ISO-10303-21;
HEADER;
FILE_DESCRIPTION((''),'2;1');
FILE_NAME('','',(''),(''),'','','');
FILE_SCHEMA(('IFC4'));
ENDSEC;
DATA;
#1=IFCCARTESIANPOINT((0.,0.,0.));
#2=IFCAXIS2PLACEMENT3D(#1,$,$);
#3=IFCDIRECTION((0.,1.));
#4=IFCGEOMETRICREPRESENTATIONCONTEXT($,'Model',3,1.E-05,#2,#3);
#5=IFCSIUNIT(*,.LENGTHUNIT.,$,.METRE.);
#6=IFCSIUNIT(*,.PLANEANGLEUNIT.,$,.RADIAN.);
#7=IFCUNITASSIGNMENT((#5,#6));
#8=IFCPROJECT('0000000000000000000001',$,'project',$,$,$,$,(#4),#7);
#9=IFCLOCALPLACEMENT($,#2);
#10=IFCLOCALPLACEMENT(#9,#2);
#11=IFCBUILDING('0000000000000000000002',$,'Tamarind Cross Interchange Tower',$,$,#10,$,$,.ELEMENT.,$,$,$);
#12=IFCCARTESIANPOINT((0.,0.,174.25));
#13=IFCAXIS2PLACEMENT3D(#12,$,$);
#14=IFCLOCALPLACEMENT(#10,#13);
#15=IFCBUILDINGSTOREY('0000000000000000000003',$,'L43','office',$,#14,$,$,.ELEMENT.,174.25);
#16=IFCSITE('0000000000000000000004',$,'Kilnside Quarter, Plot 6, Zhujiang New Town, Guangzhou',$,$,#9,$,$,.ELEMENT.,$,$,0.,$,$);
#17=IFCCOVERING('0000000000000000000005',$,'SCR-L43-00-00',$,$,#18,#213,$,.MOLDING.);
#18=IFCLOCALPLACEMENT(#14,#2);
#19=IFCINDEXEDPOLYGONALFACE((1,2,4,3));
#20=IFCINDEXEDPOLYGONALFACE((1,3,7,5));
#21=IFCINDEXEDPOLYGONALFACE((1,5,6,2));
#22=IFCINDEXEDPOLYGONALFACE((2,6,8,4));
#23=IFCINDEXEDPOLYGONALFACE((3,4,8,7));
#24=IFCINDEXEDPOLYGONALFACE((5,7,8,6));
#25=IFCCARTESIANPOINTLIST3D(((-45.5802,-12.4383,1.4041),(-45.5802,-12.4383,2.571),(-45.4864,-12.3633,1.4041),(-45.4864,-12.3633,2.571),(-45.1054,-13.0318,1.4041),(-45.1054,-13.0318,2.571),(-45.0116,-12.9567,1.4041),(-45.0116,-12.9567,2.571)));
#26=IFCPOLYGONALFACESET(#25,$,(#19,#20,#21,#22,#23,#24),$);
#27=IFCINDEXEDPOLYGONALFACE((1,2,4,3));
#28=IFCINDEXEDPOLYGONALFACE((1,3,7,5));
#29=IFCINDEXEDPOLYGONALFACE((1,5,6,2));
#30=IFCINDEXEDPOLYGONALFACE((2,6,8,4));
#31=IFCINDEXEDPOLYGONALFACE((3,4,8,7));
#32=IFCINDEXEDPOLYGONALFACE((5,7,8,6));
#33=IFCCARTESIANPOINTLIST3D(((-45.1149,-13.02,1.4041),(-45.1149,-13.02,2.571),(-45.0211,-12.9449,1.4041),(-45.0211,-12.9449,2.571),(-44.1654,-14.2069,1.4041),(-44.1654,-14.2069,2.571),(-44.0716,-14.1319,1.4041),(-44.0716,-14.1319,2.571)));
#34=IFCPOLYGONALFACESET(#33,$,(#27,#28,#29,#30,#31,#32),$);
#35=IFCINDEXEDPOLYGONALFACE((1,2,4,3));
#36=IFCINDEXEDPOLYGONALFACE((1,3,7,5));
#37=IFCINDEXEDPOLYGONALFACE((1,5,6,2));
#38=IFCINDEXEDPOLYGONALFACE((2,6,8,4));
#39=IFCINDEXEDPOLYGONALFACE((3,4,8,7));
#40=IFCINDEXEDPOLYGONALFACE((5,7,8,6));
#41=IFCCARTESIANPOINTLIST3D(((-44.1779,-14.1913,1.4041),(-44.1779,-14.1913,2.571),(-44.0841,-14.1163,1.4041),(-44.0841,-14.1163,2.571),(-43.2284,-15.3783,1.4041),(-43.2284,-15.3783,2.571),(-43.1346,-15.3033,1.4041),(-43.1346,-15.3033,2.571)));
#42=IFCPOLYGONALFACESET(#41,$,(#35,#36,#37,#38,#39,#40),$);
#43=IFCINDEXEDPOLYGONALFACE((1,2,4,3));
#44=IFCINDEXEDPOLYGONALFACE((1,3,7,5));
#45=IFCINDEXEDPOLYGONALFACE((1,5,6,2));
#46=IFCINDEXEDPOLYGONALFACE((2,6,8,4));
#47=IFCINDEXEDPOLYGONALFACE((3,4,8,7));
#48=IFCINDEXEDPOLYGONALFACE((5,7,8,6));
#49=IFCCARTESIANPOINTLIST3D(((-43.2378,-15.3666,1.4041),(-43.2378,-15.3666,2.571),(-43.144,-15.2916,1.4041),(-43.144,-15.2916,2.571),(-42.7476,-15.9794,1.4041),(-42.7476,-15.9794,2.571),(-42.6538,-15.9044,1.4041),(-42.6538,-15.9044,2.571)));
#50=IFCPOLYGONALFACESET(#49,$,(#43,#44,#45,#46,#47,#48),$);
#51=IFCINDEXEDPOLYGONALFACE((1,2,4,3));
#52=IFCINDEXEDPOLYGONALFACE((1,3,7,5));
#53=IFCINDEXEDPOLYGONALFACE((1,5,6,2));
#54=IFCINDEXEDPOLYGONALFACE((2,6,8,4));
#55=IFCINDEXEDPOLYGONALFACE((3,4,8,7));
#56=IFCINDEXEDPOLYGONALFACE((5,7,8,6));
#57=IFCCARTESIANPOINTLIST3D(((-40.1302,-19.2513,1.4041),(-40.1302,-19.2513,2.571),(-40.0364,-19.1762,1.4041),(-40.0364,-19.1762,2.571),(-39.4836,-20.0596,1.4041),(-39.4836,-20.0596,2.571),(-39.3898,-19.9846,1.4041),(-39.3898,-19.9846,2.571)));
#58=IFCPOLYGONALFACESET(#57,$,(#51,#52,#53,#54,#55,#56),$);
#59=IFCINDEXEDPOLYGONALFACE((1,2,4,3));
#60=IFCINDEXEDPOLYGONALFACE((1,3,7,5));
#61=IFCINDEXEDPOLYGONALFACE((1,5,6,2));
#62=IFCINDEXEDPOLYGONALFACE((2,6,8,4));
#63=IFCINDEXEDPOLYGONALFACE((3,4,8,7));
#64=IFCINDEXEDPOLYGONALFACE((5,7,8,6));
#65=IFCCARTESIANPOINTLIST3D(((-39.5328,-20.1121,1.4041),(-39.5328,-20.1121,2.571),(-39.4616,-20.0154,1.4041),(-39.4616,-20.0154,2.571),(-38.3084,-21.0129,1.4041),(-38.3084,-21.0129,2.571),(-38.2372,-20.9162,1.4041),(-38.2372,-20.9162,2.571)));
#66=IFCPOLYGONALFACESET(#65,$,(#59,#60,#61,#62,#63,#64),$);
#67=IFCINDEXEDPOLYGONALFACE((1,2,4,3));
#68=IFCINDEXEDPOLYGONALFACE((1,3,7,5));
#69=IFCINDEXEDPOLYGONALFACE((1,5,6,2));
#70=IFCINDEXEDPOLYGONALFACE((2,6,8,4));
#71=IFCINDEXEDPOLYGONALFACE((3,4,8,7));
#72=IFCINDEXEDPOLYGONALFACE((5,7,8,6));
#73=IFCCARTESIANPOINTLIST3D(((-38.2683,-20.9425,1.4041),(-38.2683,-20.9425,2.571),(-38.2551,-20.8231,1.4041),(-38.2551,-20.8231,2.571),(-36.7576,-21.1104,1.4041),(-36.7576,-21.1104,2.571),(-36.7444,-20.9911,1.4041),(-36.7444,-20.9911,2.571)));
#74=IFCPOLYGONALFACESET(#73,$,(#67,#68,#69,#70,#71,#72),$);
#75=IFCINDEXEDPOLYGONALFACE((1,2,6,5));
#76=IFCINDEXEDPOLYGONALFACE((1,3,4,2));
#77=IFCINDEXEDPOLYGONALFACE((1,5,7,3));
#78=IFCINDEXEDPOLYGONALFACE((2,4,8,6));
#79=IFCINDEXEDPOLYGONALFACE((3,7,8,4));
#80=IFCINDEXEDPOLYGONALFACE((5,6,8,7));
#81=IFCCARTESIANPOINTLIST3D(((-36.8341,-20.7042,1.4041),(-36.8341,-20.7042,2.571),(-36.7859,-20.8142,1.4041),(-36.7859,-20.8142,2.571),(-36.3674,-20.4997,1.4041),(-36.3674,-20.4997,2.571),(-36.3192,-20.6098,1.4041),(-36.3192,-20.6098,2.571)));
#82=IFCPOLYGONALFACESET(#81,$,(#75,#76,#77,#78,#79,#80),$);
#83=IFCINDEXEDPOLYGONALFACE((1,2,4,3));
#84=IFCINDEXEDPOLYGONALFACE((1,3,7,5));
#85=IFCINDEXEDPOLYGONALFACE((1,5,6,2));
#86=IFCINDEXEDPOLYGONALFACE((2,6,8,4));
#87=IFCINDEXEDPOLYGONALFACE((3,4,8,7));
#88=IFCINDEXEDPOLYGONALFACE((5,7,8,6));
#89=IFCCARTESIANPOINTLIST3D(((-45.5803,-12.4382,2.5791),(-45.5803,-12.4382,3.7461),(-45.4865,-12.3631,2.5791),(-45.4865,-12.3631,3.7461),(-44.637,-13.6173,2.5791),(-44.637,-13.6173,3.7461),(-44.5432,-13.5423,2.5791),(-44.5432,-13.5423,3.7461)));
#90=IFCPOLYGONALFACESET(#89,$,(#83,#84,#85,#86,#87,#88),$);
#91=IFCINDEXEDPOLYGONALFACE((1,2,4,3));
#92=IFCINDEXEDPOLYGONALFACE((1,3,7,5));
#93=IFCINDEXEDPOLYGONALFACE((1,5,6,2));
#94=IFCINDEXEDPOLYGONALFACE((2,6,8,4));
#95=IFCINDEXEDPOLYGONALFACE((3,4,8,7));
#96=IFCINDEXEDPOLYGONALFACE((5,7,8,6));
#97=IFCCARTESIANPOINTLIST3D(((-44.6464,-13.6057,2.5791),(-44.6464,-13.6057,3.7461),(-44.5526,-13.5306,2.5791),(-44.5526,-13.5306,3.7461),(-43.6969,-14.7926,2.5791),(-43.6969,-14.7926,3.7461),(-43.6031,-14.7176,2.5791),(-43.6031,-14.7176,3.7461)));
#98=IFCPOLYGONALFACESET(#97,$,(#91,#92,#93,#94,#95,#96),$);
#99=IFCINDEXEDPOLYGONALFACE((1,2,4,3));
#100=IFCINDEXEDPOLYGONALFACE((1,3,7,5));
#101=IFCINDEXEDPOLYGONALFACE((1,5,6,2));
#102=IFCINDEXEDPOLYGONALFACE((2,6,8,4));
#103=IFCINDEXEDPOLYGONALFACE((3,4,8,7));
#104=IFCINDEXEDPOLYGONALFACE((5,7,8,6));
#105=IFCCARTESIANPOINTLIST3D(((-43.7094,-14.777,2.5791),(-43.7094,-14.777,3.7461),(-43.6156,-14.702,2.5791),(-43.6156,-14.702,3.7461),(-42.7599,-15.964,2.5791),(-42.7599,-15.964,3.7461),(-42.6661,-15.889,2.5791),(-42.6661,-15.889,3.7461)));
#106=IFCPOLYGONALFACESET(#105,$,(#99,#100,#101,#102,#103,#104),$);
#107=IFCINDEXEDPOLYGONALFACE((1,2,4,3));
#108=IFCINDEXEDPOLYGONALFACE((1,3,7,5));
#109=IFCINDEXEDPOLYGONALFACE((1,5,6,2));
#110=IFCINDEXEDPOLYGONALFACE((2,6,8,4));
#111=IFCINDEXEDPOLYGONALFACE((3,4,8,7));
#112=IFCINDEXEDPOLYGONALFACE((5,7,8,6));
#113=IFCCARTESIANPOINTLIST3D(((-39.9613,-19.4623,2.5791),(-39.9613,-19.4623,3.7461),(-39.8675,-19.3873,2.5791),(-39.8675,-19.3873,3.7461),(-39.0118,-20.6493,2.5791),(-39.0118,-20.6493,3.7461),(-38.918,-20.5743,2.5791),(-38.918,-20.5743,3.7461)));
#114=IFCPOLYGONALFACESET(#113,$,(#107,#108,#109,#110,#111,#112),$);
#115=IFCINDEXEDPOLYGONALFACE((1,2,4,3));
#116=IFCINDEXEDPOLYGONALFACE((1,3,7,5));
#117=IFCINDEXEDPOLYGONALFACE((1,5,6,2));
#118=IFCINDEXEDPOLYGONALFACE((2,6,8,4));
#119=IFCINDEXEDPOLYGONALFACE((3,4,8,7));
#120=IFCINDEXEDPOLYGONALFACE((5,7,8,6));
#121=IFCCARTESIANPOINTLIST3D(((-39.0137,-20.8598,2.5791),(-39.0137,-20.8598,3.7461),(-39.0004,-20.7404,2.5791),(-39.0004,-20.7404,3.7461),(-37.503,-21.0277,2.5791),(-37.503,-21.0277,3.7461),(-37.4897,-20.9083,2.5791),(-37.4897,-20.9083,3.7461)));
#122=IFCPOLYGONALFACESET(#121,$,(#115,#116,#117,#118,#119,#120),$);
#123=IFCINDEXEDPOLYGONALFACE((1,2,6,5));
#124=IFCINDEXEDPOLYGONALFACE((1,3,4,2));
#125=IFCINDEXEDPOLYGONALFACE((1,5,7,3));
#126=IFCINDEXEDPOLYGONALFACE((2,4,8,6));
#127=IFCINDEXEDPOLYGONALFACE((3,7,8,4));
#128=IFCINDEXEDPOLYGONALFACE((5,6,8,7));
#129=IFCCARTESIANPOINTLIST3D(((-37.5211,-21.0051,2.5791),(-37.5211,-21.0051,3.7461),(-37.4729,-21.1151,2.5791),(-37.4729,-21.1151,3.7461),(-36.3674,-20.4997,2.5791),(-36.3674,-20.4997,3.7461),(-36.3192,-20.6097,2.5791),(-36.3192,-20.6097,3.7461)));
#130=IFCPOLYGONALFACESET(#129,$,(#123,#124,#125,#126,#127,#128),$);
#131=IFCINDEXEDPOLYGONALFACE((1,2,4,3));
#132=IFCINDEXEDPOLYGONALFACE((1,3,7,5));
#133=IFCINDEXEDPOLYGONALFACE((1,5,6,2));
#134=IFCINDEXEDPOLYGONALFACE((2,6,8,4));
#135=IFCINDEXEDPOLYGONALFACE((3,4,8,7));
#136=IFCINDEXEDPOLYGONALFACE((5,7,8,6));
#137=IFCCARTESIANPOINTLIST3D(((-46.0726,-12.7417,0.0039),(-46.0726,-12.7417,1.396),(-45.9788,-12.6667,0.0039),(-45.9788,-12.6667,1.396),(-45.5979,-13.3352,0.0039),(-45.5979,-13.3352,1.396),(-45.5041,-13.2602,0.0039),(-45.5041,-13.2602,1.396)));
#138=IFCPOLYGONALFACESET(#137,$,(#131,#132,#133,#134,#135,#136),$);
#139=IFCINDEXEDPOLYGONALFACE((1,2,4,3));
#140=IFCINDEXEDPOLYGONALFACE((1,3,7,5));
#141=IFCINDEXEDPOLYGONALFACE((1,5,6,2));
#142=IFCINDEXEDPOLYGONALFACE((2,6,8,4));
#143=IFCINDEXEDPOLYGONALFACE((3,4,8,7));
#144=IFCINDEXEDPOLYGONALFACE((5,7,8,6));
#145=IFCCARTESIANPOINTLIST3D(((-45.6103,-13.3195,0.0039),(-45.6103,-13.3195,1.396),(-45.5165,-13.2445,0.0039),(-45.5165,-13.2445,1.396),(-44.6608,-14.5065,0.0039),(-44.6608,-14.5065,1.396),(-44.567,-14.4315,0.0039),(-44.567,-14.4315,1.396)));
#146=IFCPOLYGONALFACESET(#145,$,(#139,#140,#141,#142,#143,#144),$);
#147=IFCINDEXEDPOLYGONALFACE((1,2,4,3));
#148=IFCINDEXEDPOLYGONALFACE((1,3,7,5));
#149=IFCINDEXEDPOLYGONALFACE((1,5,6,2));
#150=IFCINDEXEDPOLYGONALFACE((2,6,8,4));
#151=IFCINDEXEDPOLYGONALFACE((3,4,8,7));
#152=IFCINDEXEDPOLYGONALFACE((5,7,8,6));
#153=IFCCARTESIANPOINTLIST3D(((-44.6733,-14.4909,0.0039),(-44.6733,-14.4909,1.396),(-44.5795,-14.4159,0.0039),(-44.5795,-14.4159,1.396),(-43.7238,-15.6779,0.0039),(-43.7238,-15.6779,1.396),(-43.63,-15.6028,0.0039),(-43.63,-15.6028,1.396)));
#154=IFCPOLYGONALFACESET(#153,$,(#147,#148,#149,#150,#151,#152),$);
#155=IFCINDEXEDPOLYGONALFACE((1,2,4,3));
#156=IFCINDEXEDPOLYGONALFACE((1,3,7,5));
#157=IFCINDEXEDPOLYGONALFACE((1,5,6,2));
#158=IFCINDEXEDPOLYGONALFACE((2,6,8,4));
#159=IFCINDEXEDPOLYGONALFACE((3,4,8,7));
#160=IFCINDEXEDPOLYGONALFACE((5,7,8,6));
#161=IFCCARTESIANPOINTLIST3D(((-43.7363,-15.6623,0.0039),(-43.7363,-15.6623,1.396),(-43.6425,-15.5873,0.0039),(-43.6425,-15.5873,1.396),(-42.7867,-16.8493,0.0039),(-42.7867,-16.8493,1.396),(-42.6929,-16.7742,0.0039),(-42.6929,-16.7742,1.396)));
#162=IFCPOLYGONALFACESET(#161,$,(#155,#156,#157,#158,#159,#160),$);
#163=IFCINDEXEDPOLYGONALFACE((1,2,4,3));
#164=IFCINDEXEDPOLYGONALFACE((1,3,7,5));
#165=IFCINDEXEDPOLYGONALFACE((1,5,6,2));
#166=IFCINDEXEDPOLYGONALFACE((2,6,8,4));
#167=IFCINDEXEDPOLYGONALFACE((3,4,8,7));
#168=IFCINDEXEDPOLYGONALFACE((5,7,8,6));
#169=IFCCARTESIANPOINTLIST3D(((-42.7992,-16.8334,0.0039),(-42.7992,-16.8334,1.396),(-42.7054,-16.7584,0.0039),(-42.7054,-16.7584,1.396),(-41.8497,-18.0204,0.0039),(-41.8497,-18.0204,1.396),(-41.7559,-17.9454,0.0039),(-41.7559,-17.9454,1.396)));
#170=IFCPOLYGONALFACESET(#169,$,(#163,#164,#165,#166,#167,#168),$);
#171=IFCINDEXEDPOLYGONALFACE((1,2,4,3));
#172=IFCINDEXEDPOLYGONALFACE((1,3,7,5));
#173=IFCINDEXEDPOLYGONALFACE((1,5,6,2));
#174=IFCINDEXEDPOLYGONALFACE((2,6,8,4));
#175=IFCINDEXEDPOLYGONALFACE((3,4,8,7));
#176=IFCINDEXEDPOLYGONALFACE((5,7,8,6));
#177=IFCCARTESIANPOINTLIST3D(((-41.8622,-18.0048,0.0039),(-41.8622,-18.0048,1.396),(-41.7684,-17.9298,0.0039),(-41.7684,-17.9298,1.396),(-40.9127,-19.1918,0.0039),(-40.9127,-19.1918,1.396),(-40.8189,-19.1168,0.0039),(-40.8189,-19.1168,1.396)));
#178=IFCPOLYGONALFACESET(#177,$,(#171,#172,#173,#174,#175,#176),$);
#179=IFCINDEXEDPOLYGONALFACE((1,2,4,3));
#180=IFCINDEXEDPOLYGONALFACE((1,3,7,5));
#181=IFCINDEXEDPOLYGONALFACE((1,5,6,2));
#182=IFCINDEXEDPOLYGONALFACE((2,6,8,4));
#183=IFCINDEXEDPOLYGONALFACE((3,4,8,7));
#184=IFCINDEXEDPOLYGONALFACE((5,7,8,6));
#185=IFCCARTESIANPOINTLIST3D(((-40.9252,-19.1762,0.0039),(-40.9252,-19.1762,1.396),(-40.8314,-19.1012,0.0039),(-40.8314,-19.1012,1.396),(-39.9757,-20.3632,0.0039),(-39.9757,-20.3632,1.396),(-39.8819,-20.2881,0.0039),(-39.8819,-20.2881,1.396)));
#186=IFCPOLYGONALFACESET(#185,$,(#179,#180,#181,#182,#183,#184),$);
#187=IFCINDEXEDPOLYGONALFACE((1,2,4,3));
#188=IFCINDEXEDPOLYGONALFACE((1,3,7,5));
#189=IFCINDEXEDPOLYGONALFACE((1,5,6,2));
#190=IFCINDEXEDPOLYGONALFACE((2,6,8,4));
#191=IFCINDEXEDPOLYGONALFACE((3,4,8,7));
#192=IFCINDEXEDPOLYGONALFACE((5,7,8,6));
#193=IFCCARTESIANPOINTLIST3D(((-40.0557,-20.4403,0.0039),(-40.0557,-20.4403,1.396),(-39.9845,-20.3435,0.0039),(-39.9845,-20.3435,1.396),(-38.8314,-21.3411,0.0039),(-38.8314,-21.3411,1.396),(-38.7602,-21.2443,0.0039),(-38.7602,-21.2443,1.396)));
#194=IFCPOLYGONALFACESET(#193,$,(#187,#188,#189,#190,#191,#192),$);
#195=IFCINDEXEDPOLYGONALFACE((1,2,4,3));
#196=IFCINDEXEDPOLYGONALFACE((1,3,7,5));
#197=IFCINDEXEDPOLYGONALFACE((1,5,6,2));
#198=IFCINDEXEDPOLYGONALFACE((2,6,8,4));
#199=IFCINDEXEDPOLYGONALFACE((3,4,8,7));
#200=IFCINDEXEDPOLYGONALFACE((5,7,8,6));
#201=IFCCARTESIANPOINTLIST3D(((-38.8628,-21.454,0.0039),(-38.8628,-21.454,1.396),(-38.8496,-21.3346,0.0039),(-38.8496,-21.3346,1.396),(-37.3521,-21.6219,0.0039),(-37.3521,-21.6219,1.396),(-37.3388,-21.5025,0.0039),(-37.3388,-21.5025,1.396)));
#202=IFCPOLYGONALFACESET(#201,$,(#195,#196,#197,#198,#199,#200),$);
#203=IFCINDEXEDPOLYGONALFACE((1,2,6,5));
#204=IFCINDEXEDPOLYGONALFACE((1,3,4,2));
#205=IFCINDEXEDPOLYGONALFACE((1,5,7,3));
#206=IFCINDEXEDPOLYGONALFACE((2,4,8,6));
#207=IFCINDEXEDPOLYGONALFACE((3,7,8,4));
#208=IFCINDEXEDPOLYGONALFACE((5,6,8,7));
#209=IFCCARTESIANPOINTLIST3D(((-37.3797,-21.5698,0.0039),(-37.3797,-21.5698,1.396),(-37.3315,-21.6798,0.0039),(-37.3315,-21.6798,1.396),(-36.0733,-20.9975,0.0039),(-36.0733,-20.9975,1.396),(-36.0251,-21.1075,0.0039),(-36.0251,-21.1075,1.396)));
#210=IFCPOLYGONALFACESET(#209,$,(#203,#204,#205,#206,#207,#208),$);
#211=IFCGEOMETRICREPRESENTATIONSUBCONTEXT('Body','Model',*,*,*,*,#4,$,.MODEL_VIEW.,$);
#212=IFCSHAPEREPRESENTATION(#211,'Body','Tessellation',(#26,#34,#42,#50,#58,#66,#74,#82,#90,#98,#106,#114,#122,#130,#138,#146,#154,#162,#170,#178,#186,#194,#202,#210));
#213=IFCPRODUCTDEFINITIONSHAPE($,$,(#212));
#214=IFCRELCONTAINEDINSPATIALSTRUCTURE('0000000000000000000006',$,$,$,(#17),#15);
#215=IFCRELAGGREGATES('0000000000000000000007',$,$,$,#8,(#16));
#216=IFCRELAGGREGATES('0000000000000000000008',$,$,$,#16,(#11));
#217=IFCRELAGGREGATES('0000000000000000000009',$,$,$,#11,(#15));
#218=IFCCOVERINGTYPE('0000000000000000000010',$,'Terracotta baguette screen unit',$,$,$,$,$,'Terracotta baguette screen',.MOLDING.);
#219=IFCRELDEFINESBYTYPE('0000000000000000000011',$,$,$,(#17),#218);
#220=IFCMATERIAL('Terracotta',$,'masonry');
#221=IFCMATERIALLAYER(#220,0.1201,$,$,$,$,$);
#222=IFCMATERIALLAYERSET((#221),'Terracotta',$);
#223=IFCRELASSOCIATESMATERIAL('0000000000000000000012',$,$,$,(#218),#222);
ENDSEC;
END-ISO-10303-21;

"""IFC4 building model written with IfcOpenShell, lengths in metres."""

from ifc_helpers import new_model, si_unit, direction, frame, origin, origin_2d, place, context, subcontext, project, spatial, rectangle, extrude, material, layer, layer_set, type_object, element, save


model = new_model("IFC4")

# Units and contexts
model_context = context("Model", 3, precision=1e-05, world=origin(), true_north=direction((0.0, 1.0)))
body_context = subcontext(model_context, "Body", "Model", "MODEL_VIEW")
ifc_project = project(units=[si_unit("LENGTHUNIT", "METRE"), si_unit("PLANEANGLEUNIT", "RADIAN")], contexts=[model_context])

# Site, building, storey
site_placement = place(None, origin())
site = spatial("IfcSite", under=ifc_project, at=site_placement, Name="Kilnside Quarter, Plot 6, Zhujiang New Town, Guangzhou", CompositionType="ELEMENT", RefElevation=0.0)
building_placement = place(site_placement, origin())
building = spatial("IfcBuilding", under=site, at=building_placement, Name="Tamarind Cross Interchange Tower", CompositionType="ELEMENT")
storey_placement = place(building_placement, frame((0.0, 0.0, 174.25)))
storey = spatial("IfcBuildingStorey", under=building, at=storey_placement, Name="L43", Description="office", CompositionType="ELEMENT", Elevation=174.25)

# Covering
ifc_material_1 = material(Name="Terracotta", Category="masonry")
ifc_layer_1 = layer(ifc_material_1, 0.1201)
ifc_layer_set_1 = layer_set([ifc_layer_1], Name="Terracotta")
covering_type = type_object("IfcCoveringType", Name="Terracotta baguette screen unit", ElementType="Terracotta baguette screen", PredefinedType="MOLDING", material=ifc_layer_set_1)
covering_1_placement = place(storey_placement, origin())
element("IfcCovering", 1, at=covering_1_placement, inside=storey, type_object=covering_type, Name="SCR-L43-00-00", PredefinedType="MOLDING", context=body_context, shape_type="SweptSolid", body=[
    extrude(rectangle(XDim=0.76, YDim=0.1201, at=origin_2d()), frame((-45.2959, -12.6975, 1.4041), z_axis=(0.0, 0.0, 1.0), x_axis=(0.624665, -0.780893, 0.0)), (0.0, 0.0, 1.0), 1.167),
    extrude(rectangle(XDim=1.52, YDim=0.1201, at=origin_2d()), frame((-44.5933, -13.5759, 1.4041), z_axis=(0.0, 0.0, 1.0), x_axis=(0.624665, -0.780893, 0.0)), (0.0, 0.0, 1.0), 1.167),
    extrude(rectangle(XDim=1.52, YDim=0.1201, at=origin_2d()), frame((-43.6562, -14.7473, 1.4041), z_axis=(0.0, 0.0, 1.0), x_axis=(0.624665, -0.780893, 0.0)), (0.0, 0.0, 1.0), 1.167),
    extrude(rectangle(XDim=0.7847, YDim=0.1201, at=origin_2d()), frame((-42.9458, -15.6355, 1.4041), z_axis=(0.0, 0.0, 1.0), x_axis=(0.624665, -0.780893, 0.0)), (0.0, 0.0, 1.0), 1.167),
    extrude(rectangle(XDim=1.0352, YDim=0.1201, at=origin_2d()), frame((-39.76, -19.6179, 1.4041), z_axis=(0.0, 0.0, 1.0), x_axis=(0.624665, -0.780893, 0.0)), (0.0, 0.0, 1.0), 1.167),
    extrude(rectangle(XDim=1.52, YDim=0.1201, at=origin_2d()), frame((-38.885, -20.5142, 1.4041), z_axis=(0.0, 0.0, 1.0), x_axis=(0.80549, -0.592609, 0.0)), (0.0, 0.0, 1.0), 1.167),
    extrude(rectangle(XDim=1.52, YDim=0.1201, at=origin_2d()), frame((-37.5063, -20.9668, 1.4041), z_axis=(0.0, 0.0, 1.0), x_axis=(0.993879, -0.11047, 0.0)), (0.0, 0.0, 1.0), 1.167),
    extrude(rectangle(XDim=0.5095, YDim=0.1201, at=origin_2d()), frame((-36.5767, -20.657, 1.4041), z_axis=(0.0, 0.0, 1.0), x_axis=(0.91596, 0.40127, 0.0)), (0.0, 0.0, 1.0), 1.167),
    extrude(rectangle(XDim=1.51, YDim=0.1201, at=origin_2d()), frame((-45.0618, -12.9902, 2.5791), z_axis=(0.0, 0.0, 1.0), x_axis=(0.624665, -0.780893, 0.0)), (0.0, 0.0, 1.0), 1.167),
    extrude(rectangle(XDim=1.52, YDim=0.1201, at=origin_2d()), frame((-44.1248, -14.1616, 2.5791), z_axis=(0.0, 0.0, 1.0), x_axis=(0.624665, -0.780893, 0.0)), (0.0, 0.0, 1.0), 1.167),
    extrude(rectangle(XDim=1.52, YDim=0.1201, at=origin_2d()), frame((-43.1877, -15.333, 2.5791), z_axis=(0.0, 0.0, 1.0), x_axis=(0.624665, -0.780893, 0.0)), (0.0, 0.0, 1.0), 1.167),
    extrude(rectangle(XDim=1.52, YDim=0.1201, at=origin_2d()), frame((-39.4397, -20.0183, 2.5791), z_axis=(0.0, 0.0, 1.0), x_axis=(0.624665, -0.780893, 0.0)), (0.0, 0.0, 1.0), 1.167),
    extrude(rectangle(XDim=1.52, YDim=0.1201, at=origin_2d()), frame((-38.2517, -20.884, 2.5791), z_axis=(0.0, 0.0, 1.0), x_axis=(0.993879, -0.11047, 0.0)), (0.0, 0.0, 1.0), 1.167),
    extrude(rectangle(XDim=1.2595, YDim=0.1201, at=origin_2d()), frame((-36.9202, -20.8074, 2.5791), z_axis=(0.0, 0.0, 1.0), x_axis=(0.91596, 0.40127, 0.0)), (0.0, 0.0, 1.0), 1.167),
    extrude(rectangle(XDim=0.76, YDim=0.1201, at=origin_2d()), frame((-45.7883, -13.001, 0.0039), z_axis=(0.0, 0.0, 1.0), x_axis=(0.624665, -0.780893, 0.0)), (0.0, 0.0, 1.0), 1.3921),
    extrude(rectangle(XDim=1.52, YDim=0.1201, at=origin_2d()), frame((-45.0886, -13.8755, 0.0039), z_axis=(0.0, 0.0, 1.0), x_axis=(0.624665, -0.780893, 0.0)), (0.0, 0.0, 1.0), 1.3921),
    extrude(rectangle(XDim=1.52, YDim=0.1201, at=origin_2d()), frame((-44.1516, -15.0469, 0.0039), z_axis=(0.0, 0.0, 1.0), x_axis=(0.624665, -0.780893, 0.0)), (0.0, 0.0, 1.0), 1.3921),
    extrude(rectangle(XDim=1.52, YDim=0.1201, at=origin_2d()), frame((-43.2146, -16.2183, 0.0039), z_axis=(0.0, 0.0, 1.0), x_axis=(0.624665, -0.780893, 0.0)), (0.0, 0.0, 1.0), 1.3921),
    extrude(rectangle(XDim=1.52, YDim=0.1201, at=origin_2d()), frame((-42.2776, -17.3894, 0.0039), z_axis=(0.0, 0.0, 1.0), x_axis=(0.624665, -0.780893, 0.0)), (0.0, 0.0, 1.0), 1.3921),
    extrude(rectangle(XDim=1.52, YDim=0.1201, at=origin_2d()), frame((-41.3406, -18.5608, 0.0039), z_axis=(0.0, 0.0, 1.0), x_axis=(0.624665, -0.780893, 0.0)), (0.0, 0.0, 1.0), 1.3921),
    extrude(rectangle(XDim=1.52, YDim=0.1201, at=origin_2d()), frame((-40.4036, -19.7322, 0.0039), z_axis=(0.0, 0.0, 1.0), x_axis=(0.624665, -0.780893, 0.0)), (0.0, 0.0, 1.0), 1.3921),
    extrude(rectangle(XDim=1.52, YDim=0.1201, at=origin_2d()), frame((-39.408, -20.8423, 0.0039), z_axis=(0.0, 0.0, 1.0), x_axis=(0.80549, -0.592609, 0.0)), (0.0, 0.0, 1.0), 1.3921),
    extrude(rectangle(XDim=1.52, YDim=0.1201, at=origin_2d()), frame((-38.1008, -21.4783, 0.0039), z_axis=(0.0, 0.0, 1.0), x_axis=(0.993879, -0.11047, 0.0)), (0.0, 0.0, 1.0), 1.3921),
    extrude(rectangle(XDim=1.4263, YDim=0.1201, at=origin_2d()), frame((-36.7024, -21.3386, 0.0039), z_axis=(0.0, 0.0, 1.0), x_axis=(0.91596, 0.40127, 0.0)), (0.0, 0.0, 1.0), 1.3921),
])

save(model, "model.ifc")
